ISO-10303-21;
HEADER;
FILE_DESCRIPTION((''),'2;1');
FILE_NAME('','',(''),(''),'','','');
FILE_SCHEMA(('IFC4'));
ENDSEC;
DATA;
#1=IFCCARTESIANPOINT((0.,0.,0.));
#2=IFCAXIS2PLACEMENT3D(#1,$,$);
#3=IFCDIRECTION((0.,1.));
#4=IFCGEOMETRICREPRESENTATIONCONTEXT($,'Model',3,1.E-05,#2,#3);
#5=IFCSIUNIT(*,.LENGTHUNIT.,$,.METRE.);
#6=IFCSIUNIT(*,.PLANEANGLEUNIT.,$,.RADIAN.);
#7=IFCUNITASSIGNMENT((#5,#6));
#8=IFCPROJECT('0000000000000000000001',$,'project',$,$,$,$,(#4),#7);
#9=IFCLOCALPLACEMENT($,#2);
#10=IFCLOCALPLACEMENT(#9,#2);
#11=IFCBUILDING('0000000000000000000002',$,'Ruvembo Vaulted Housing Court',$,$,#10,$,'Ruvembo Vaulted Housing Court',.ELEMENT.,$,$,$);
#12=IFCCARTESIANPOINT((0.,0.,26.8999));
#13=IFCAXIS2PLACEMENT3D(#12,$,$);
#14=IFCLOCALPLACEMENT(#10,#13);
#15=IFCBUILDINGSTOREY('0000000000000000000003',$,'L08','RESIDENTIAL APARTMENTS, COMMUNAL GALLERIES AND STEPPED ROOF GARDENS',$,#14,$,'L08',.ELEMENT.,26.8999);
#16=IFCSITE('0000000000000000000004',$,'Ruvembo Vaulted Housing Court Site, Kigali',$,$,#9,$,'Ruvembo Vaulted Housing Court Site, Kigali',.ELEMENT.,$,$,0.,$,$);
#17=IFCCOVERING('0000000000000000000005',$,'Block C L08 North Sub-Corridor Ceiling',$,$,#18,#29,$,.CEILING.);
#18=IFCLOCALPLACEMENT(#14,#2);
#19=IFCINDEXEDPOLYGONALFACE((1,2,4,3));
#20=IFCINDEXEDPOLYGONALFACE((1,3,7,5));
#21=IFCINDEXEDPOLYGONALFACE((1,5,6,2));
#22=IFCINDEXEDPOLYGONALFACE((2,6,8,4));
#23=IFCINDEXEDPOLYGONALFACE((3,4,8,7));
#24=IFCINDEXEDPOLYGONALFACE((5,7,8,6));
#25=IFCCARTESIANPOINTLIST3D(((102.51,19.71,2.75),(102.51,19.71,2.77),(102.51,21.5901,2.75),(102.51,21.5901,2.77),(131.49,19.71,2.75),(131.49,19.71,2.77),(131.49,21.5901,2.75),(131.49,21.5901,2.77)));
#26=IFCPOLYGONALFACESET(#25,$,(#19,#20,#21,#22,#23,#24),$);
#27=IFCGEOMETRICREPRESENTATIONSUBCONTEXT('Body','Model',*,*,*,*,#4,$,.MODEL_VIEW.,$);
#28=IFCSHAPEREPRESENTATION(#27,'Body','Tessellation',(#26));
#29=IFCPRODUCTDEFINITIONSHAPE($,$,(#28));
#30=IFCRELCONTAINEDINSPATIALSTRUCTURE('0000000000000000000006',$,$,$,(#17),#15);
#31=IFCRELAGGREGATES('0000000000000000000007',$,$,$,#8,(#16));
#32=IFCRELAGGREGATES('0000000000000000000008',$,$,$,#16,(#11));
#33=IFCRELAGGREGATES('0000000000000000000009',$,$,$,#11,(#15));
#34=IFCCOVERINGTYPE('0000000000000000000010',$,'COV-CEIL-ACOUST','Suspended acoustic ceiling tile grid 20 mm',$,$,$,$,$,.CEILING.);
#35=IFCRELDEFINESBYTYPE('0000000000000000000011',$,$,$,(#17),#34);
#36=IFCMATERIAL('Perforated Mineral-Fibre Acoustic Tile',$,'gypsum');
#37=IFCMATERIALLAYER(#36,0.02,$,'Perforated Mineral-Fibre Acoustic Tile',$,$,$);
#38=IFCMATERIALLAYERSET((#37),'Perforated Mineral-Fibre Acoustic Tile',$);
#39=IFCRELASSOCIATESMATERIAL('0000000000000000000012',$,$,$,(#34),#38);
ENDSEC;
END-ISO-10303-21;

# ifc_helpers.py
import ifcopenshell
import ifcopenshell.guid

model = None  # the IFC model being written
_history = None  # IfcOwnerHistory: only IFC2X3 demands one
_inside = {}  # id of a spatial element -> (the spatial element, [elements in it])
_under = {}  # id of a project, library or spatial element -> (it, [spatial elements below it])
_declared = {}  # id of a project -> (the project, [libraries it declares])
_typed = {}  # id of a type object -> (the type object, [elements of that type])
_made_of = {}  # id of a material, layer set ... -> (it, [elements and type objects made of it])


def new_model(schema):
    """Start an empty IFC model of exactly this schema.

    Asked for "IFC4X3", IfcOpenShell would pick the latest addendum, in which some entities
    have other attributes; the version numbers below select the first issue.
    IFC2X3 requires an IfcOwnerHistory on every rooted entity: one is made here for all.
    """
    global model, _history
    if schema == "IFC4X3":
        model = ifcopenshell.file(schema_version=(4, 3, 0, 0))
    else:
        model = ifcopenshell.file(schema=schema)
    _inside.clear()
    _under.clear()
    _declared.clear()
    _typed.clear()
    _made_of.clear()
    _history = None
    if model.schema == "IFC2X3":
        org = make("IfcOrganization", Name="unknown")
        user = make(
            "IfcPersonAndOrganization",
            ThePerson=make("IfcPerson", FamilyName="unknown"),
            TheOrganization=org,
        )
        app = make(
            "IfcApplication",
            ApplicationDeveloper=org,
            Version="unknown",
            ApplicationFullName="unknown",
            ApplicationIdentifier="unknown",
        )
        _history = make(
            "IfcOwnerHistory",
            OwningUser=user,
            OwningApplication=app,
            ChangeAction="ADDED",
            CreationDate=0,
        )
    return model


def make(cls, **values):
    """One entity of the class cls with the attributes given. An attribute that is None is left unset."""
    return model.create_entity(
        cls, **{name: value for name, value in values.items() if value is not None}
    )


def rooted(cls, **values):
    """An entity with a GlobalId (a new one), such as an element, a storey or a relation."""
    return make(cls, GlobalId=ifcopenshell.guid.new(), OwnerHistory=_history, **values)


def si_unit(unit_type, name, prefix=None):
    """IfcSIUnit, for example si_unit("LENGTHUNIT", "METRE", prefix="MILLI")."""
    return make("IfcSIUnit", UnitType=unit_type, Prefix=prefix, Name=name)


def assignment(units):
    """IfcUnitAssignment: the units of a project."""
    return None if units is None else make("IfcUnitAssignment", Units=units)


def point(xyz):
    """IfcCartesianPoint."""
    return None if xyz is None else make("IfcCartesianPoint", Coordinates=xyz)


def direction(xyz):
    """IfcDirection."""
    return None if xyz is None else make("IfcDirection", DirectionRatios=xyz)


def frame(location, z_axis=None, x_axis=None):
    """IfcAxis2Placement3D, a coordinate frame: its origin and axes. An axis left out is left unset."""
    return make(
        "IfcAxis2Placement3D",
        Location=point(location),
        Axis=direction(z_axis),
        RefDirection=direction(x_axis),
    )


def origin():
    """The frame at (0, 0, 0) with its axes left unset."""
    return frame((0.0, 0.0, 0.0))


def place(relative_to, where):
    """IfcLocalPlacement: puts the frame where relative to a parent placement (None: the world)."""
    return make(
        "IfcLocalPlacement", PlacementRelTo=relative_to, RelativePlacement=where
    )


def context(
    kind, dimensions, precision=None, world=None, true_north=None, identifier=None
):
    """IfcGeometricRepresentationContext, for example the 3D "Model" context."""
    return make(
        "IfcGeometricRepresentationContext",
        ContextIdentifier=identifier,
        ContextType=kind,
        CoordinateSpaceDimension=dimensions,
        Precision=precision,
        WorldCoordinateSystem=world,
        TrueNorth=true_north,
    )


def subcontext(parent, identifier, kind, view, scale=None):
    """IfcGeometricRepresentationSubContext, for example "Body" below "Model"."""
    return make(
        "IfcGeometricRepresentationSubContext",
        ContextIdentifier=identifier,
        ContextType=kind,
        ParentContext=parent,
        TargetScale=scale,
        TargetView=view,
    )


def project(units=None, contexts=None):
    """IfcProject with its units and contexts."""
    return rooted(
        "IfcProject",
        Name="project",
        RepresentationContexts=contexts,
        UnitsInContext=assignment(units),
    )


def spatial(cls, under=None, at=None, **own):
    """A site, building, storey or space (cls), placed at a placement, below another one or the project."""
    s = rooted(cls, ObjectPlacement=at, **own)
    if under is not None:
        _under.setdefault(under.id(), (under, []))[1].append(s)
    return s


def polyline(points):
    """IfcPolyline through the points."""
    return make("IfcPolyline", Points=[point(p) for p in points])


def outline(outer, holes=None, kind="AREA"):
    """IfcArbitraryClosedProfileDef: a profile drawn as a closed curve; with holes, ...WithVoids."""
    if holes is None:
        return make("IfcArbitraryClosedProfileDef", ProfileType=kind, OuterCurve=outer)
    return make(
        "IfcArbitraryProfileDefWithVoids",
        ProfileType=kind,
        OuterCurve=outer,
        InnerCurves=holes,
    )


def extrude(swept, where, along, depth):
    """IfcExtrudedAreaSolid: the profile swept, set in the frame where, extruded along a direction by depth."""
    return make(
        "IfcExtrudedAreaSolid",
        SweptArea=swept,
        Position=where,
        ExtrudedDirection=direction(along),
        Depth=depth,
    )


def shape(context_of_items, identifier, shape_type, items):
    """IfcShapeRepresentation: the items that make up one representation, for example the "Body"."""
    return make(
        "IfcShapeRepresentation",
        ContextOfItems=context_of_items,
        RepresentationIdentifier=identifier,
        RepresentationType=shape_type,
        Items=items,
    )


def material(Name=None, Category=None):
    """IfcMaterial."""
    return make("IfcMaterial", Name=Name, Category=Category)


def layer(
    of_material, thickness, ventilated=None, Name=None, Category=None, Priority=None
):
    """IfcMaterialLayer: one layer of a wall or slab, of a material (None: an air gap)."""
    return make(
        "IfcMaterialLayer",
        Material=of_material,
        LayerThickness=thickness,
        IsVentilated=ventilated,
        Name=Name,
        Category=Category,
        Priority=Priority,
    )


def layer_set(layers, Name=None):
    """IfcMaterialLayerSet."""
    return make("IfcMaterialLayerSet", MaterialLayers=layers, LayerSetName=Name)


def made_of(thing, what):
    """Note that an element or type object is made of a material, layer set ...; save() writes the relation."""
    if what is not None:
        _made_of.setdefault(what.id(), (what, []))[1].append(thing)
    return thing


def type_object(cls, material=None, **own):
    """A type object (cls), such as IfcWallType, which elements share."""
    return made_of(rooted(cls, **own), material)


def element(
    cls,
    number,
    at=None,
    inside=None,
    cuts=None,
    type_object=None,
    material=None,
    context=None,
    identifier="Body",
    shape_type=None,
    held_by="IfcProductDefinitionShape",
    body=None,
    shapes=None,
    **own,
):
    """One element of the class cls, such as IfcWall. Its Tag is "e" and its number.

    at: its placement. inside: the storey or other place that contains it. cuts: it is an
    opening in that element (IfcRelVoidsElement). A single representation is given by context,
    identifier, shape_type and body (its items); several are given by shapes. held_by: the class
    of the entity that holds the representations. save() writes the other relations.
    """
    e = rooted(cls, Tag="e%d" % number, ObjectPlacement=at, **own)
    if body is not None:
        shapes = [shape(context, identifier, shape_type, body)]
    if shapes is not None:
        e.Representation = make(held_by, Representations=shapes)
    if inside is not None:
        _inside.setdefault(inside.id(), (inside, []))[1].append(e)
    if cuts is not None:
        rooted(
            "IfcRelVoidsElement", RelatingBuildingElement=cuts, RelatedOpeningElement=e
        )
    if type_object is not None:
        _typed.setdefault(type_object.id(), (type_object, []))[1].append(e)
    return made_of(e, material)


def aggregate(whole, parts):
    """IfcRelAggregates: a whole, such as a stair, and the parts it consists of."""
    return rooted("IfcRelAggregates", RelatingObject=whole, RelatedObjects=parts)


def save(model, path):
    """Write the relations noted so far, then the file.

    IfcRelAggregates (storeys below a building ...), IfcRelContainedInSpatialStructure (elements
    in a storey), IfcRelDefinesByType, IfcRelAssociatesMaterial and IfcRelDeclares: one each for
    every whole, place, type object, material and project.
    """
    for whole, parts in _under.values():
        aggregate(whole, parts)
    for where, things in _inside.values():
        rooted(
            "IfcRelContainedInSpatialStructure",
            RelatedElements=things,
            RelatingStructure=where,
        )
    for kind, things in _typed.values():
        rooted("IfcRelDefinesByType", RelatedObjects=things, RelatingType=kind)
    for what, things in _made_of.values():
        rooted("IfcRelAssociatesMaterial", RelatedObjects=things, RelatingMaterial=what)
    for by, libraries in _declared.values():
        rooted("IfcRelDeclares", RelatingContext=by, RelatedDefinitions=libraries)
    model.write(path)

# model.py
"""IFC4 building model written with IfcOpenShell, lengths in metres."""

from ifc_helpers import new_model, si_unit, direction, frame, origin, place, context, subcontext, project, spatial, polyline, outline, extrude, material, layer, layer_set, type_object, element, save


model = new_model("IFC4")

# Units and contexts
model_context = context("Model", 3, precision=1e-05, world=origin(), true_north=direction((0.0, 1.0)))
body_context = subcontext(model_context, "Body", "Model", "MODEL_VIEW")
ifc_project = project(units=[si_unit("LENGTHUNIT", "METRE"), si_unit("PLANEANGLEUNIT", "RADIAN")], contexts=[model_context])

# Site, building, storey
site_placement = place(None, origin())
site = spatial("IfcSite", under=ifc_project, at=site_placement, Name="Ruvembo Vaulted Housing Court Site, Kigali", LongName="Ruvembo Vaulted Housing Court Site, Kigali", CompositionType="ELEMENT", RefElevation=0.0)
building_placement = place(site_placement, origin())
building = spatial("IfcBuilding", under=site, at=building_placement, Name="Ruvembo Vaulted Housing Court", LongName="Ruvembo Vaulted Housing Court", CompositionType="ELEMENT")
storey_placement = place(building_placement, frame((0.0, 0.0, 26.8999)))
storey = spatial("IfcBuildingStorey", under=building, at=storey_placement, Name="L08", Description="RESIDENTIAL APARTMENTS, COMMUNAL GALLERIES AND STEPPED ROOF GARDENS", LongName="L08", CompositionType="ELEMENT", Elevation=26.8999)

# Covering
ifc_material_1 = material(Name="Perforated Mineral-Fibre Acoustic Tile", Category="gypsum")
ifc_layer_1 = layer(ifc_material_1, 0.02, Name="Perforated Mineral-Fibre Acoustic Tile")
ifc_layer_set_1 = layer_set([ifc_layer_1], Name="Perforated Mineral-Fibre Acoustic Tile")
covering_type = type_object("IfcCoveringType", Name="COV-CEIL-ACOUST", Description="Suspended acoustic ceiling tile grid 20 mm", PredefinedType="CEILING", material=ifc_layer_set_1)
covering_placement = place(storey_placement, frame((0.0, 0.0, 2.75)))
element("IfcCovering", 1, at=covering_placement, inside=storey, type_object=covering_type, Name="Block C L08 North Sub-Corridor Ceiling", PredefinedType="CEILING", context=body_context, shape_type="SweptSolid", body=[
    extrude(outline(polyline([(102.51, 19.71), (131.49, 19.71), (131.49, 21.5901), (102.51, 21.5901), (102.51, 19.71)])), origin(), (0.0, 0.0, 1.0), 0.02),
])

save(model, "model.ifc")
